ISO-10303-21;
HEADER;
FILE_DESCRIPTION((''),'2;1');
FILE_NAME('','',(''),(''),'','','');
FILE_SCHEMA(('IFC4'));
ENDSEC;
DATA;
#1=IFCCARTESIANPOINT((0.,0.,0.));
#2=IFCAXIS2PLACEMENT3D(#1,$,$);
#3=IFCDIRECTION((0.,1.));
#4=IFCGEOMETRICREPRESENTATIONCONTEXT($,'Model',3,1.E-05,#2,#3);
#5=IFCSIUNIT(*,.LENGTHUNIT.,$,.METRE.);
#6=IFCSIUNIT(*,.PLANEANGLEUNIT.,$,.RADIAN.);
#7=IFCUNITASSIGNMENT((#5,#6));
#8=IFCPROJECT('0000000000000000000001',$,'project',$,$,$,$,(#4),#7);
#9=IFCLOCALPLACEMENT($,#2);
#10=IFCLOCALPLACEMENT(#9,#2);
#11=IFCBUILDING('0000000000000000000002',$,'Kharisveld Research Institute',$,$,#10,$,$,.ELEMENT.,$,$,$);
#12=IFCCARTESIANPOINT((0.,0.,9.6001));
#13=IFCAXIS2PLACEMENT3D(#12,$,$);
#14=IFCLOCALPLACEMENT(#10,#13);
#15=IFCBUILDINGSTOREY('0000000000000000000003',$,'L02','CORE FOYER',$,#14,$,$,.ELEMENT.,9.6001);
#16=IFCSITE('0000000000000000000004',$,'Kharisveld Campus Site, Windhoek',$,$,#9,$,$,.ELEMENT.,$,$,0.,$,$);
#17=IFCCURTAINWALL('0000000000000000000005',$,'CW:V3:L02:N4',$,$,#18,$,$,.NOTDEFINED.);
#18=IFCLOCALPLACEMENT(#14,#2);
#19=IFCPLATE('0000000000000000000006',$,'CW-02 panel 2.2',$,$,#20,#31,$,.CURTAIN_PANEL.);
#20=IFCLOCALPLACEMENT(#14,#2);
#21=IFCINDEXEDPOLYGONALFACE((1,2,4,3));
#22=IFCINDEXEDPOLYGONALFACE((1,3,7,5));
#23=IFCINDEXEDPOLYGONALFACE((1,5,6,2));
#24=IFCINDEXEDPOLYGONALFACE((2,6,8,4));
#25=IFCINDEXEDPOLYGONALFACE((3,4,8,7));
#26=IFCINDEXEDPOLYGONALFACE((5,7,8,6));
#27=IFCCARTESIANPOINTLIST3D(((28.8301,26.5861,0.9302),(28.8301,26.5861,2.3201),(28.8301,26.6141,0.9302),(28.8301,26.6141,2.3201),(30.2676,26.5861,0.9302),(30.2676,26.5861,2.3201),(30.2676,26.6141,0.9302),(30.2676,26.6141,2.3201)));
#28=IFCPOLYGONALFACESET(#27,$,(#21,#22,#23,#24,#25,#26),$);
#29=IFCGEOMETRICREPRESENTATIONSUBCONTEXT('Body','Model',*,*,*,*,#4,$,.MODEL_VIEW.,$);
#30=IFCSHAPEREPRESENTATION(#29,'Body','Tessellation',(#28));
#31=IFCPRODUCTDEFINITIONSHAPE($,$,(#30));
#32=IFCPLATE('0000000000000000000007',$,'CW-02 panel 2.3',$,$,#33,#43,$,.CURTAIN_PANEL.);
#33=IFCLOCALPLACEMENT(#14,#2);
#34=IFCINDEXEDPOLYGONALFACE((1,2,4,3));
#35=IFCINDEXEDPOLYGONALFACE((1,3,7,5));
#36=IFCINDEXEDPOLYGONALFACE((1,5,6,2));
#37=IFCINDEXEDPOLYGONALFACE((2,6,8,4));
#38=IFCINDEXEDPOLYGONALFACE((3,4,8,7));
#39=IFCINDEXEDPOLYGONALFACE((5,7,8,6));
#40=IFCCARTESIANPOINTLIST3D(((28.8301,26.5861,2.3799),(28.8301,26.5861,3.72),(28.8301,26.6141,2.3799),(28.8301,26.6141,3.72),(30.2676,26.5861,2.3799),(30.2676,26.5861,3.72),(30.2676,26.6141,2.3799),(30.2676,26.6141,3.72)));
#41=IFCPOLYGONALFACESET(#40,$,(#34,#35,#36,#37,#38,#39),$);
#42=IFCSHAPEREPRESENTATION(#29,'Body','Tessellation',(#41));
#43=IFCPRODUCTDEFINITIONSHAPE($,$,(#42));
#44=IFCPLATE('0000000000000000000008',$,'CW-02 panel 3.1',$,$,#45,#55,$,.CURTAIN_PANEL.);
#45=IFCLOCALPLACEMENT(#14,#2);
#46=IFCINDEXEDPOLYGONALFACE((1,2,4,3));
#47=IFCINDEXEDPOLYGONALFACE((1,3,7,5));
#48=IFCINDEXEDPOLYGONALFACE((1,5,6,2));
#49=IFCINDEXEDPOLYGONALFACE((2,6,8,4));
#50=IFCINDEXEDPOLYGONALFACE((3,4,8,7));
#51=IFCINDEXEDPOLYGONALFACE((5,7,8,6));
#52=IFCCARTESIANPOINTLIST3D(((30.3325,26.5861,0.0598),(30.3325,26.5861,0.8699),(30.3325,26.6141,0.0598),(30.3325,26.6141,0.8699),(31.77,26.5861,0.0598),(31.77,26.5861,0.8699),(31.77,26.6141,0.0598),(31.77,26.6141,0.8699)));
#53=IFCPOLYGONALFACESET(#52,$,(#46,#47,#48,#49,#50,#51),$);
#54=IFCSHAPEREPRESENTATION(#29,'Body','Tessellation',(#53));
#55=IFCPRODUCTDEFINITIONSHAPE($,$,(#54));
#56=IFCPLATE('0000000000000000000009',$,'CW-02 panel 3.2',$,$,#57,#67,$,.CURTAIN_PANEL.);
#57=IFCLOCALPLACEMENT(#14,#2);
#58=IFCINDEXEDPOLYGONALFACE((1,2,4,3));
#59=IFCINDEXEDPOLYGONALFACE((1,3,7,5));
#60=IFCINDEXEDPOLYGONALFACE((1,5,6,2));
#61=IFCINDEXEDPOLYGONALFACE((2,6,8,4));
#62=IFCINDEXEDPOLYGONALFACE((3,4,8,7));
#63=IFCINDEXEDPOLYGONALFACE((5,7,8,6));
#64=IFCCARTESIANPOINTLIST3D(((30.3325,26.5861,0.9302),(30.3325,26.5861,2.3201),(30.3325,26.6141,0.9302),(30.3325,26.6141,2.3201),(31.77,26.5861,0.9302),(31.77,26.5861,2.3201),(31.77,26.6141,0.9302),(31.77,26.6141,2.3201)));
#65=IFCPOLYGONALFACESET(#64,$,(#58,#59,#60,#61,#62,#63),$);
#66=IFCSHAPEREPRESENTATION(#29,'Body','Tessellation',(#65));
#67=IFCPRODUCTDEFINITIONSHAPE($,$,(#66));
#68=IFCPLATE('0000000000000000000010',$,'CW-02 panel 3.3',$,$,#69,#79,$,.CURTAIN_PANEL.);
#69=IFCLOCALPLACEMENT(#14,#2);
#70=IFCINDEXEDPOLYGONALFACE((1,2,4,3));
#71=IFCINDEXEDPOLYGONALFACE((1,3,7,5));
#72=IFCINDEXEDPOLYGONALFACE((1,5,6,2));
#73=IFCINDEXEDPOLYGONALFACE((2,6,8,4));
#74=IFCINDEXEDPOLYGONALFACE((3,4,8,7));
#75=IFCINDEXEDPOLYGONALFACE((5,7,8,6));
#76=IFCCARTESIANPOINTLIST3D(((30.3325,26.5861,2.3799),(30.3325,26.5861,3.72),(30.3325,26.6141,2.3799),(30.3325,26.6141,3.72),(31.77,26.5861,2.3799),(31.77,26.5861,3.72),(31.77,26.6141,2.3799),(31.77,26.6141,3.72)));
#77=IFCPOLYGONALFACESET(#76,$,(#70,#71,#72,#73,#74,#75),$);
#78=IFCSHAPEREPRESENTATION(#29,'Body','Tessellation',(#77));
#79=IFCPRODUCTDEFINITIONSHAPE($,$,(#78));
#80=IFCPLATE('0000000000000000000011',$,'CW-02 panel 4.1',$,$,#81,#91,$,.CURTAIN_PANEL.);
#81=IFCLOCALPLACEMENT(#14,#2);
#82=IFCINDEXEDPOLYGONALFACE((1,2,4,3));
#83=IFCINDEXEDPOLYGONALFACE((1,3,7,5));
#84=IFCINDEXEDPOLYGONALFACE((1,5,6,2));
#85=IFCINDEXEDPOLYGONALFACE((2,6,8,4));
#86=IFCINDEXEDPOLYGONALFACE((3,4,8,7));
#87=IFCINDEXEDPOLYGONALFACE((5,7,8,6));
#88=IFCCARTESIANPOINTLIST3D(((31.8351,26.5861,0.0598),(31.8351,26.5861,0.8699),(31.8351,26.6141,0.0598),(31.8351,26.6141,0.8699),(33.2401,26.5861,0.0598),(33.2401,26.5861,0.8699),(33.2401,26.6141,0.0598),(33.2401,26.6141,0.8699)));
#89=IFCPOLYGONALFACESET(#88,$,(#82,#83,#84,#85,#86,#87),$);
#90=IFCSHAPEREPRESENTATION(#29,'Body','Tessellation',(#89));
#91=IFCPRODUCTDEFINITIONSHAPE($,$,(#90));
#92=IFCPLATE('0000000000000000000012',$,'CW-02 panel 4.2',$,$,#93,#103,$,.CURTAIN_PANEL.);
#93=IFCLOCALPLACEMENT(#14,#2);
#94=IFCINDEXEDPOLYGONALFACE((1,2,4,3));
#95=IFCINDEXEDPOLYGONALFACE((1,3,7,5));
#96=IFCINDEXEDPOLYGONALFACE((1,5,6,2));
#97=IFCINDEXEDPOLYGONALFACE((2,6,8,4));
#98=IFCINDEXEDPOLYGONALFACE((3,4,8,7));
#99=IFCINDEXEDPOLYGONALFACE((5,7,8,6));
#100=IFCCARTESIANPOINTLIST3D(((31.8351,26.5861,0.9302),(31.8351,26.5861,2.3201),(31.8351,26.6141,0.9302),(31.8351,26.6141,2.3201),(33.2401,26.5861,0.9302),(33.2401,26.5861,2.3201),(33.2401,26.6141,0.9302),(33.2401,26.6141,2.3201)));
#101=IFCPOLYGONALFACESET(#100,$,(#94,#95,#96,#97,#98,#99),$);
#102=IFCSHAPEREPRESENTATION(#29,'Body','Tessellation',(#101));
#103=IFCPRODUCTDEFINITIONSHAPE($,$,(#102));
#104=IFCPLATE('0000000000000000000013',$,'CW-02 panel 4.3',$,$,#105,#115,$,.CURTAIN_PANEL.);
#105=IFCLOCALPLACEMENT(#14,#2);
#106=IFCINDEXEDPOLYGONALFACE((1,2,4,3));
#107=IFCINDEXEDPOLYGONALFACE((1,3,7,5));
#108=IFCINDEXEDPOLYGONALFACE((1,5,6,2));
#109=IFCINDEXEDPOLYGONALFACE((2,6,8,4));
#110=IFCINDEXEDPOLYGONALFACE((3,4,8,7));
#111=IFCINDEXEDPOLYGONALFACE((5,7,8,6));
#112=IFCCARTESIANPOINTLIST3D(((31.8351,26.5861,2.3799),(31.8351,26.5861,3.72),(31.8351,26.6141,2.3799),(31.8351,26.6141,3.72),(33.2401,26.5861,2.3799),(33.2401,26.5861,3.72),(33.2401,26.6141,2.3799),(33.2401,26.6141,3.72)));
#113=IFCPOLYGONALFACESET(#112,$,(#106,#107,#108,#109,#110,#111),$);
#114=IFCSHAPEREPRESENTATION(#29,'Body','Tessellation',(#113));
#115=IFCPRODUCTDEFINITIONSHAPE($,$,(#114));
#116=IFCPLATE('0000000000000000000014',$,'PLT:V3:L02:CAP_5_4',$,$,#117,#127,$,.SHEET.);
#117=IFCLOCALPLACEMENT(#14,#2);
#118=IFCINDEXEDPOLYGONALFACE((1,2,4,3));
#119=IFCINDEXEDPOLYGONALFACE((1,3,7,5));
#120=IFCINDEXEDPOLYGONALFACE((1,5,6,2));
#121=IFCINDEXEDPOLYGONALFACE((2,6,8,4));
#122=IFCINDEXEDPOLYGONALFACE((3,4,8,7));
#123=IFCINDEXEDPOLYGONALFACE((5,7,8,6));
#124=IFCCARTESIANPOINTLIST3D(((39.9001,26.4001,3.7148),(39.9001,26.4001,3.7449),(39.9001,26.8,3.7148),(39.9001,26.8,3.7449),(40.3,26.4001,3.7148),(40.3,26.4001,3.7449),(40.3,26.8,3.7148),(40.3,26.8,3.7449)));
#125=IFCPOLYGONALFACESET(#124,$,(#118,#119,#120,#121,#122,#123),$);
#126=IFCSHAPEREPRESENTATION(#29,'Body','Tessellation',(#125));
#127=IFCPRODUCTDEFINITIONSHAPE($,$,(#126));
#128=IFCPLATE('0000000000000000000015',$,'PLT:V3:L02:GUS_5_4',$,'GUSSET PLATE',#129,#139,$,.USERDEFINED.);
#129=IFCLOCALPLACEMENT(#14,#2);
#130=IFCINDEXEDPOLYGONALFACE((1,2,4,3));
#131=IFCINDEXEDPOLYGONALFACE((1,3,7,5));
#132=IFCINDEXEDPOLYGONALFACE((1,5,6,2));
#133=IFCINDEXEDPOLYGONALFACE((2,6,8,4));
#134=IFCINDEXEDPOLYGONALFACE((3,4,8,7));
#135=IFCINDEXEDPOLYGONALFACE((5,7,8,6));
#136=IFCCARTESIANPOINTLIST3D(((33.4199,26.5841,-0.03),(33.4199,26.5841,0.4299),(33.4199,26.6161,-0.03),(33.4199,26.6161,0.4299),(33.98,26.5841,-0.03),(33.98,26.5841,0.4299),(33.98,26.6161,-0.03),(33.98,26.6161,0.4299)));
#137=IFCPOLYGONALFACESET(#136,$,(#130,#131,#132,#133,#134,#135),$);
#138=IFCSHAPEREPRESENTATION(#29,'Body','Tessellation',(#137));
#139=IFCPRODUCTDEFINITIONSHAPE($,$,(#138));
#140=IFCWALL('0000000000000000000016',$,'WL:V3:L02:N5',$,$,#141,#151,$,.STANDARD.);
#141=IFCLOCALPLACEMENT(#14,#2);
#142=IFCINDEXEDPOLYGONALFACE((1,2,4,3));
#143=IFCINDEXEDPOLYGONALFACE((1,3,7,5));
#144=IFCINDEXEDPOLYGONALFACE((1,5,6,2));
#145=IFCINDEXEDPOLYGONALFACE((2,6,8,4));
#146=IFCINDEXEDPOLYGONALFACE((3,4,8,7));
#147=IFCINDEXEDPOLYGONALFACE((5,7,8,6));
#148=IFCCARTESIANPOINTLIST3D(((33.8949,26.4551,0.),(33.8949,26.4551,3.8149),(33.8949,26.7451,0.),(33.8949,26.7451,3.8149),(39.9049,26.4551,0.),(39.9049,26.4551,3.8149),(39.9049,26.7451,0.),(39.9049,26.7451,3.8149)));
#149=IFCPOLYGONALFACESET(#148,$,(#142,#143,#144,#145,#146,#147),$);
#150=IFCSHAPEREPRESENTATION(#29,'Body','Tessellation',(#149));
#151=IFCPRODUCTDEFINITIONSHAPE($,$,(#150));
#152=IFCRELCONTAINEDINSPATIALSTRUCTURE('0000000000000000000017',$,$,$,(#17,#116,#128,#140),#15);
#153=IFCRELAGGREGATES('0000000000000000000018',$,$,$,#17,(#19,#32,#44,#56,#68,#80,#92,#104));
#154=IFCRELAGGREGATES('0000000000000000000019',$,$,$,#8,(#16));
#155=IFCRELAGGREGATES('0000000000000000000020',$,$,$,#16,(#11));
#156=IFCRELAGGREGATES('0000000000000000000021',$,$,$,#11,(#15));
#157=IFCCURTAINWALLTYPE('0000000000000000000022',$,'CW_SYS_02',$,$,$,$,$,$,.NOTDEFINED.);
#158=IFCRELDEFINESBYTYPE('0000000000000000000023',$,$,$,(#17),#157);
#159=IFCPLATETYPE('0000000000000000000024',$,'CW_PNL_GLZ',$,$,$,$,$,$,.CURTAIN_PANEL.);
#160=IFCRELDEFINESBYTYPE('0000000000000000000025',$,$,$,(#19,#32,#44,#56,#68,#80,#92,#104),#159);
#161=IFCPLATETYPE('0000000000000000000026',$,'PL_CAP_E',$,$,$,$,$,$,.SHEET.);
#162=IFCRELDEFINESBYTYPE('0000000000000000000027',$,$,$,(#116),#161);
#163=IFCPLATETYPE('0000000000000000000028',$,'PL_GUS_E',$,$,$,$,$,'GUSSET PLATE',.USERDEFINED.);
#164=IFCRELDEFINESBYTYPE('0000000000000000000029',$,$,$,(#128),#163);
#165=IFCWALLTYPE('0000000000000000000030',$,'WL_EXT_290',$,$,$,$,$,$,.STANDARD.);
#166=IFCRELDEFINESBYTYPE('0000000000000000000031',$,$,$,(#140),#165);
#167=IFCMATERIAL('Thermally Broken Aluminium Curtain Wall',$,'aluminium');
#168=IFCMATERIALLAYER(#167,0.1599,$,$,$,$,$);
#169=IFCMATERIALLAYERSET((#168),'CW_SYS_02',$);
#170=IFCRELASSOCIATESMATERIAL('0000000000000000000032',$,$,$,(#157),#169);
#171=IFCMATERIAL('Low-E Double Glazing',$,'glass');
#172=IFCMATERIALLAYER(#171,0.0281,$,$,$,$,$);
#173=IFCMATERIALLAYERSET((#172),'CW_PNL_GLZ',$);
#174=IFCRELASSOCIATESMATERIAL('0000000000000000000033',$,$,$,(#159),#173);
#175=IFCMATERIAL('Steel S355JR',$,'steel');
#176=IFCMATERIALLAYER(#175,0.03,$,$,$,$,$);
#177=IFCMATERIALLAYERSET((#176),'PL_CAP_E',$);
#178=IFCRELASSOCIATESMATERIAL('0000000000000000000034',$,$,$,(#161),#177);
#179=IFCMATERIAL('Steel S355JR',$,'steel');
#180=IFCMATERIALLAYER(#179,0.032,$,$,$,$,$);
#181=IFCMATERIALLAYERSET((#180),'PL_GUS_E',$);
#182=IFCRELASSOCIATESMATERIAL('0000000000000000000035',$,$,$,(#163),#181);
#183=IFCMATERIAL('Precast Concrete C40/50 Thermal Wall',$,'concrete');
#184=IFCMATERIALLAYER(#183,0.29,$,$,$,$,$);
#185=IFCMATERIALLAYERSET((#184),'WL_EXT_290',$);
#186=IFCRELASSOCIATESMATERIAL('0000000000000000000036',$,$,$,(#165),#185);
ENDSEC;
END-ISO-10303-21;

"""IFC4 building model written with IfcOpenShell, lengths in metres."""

from ifc_helpers import new_model, si_unit, direction, frame, frame_2d, origin, origin_2d, place, context, subcontext, project, spatial, rectangle, extrude, material, layer, layer_set, type_object, element, aggregate, save


model = new_model("IFC4")

# Units and contexts
model_context = context("Model", 3, precision=1e-05, world=origin(), true_north=direction((0.0, 1.0)))
body_context = subcontext(model_context, "Body", "Model", "MODEL_VIEW")
ifc_project = project(units=[si_unit("LENGTHUNIT", "METRE"), si_unit("PLANEANGLEUNIT", "RADIAN")], contexts=[model_context])

# Site, building, storey
site_placement = place(None, origin())
site = spatial("IfcSite", under=ifc_project, at=site_placement, Name="Kharisveld Campus Site, Windhoek", CompositionType="ELEMENT", RefElevation=0.0)
building_placement = place(site_placement, origin())
building = spatial("IfcBuilding", under=site, at=building_placement, Name="Kharisveld Research Institute", CompositionType="ELEMENT")
storey_placement = place(building_placement, frame((0.0, 0.0, 9.6001)))
storey = spatial("IfcBuildingStorey", under=building, at=storey_placement, Name="L02", Description="CORE FOYER", CompositionType="ELEMENT", Elevation=9.6001)

# Curtain wall
ifc_material_1 = material(Name="Thermally Broken Aluminium Curtain Wall", Category="aluminium")
ifc_layer_1 = layer(ifc_material_1, 0.1599)
ifc_layer_set_1 = layer_set([ifc_layer_1], Name="CW_SYS_02")
curtain_wall_type = type_object("IfcCurtainWallType", Name="CW_SYS_02", PredefinedType="NOTDEFINED", material=ifc_layer_set_1)
curtain_wall_placement = place(storey_placement, origin())
curtain_wall = element("IfcCurtainWall", 1, at=curtain_wall_placement, inside=storey, type_object=curtain_wall_type, Name="CW:V3:L02:N4", PredefinedType="NOTDEFINED")

# Plates
ifc_material_2 = material(Name="Low-E Double Glazing", Category="glass")
ifc_layer_2 = layer(ifc_material_2, 0.0281)
ifc_layer_set_2 = layer_set([ifc_layer_2], Name="CW_PNL_GLZ")
plate_type_1 = type_object("IfcPlateType", Name="CW_PNL_GLZ", PredefinedType="CURTAIN_PANEL", material=ifc_layer_set_2)
plate_1_placement = place(storey_placement, frame((29.5488, 26.6001, 0.9302), z_axis=(0.0, 0.0, 1.0), x_axis=(1.0, 0.0, 0.0)))
plate_1 = element("IfcPlate", 2, at=plate_1_placement, type_object=plate_type_1, Name="CW-02 panel 2.2", PredefinedType="CURTAIN_PANEL", context=body_context, shape_type="SweptSolid", body=[
    extrude(rectangle(XDim=1.4375, YDim=0.0281, at=origin_2d()), origin(), (0.0, 0.0, 1.0), 1.3899),
])
plate_2_placement = place(storey_placement, frame((29.5488, 26.6001, 2.3799), z_axis=(0.0, 0.0, 1.0), x_axis=(1.0, 0.0, 0.0)))
plate_2 = element("IfcPlate", 3, at=plate_2_placement, type_object=plate_type_1, Name="CW-02 panel 2.3", PredefinedType="CURTAIN_PANEL", context=body_context, shape_type="SweptSolid", body=[
    extrude(rectangle(XDim=1.4375, YDim=0.0281, at=origin_2d()), origin(), (0.0, 0.0, 1.0), 1.3401),
])
plate_3_placement = place(storey_placement, frame((31.0513, 26.6001, 0.0598), z_axis=(0.0, 0.0, 1.0), x_axis=(1.0, 0.0, 0.0)))
plate_3 = element("IfcPlate", 4, at=plate_3_placement, type_object=plate_type_1, Name="CW-02 panel 3.1", PredefinedType="CURTAIN_PANEL", context=body_context, shape_type="SweptSolid", body=[
    extrude(rectangle(XDim=1.4375, YDim=0.0281, at=origin_2d()), origin(), (0.0, 0.0, 1.0), 0.8101),
])
plate_4_placement = place(storey_placement, frame((31.0513, 26.6001, 0.9302), z_axis=(0.0, 0.0, 1.0), x_axis=(1.0, 0.0, 0.0)))
plate_4 = element("IfcPlate", 5, at=plate_4_placement, type_object=plate_type_1, Name="CW-02 panel 3.2", PredefinedType="CURTAIN_PANEL", context=body_context, shape_type="SweptSolid", body=[
    extrude(rectangle(XDim=1.4375, YDim=0.0281, at=origin_2d()), origin(), (0.0, 0.0, 1.0), 1.3899),
])
plate_5_placement = place(storey_placement, frame((31.0513, 26.6001, 2.3799), z_axis=(0.0, 0.0, 1.0), x_axis=(1.0, 0.0, 0.0)))
plate_5 = element("IfcPlate", 6, at=plate_5_placement, type_object=plate_type_1, Name="CW-02 panel 3.3", PredefinedType="CURTAIN_PANEL", context=body_context, shape_type="SweptSolid", body=[
    extrude(rectangle(XDim=1.4375, YDim=0.0281, at=origin_2d()), origin(), (0.0, 0.0, 1.0), 1.3401),
])
plate_6_placement = place(storey_placement, frame((32.5376, 26.6001, 0.0598), z_axis=(0.0, 0.0, 1.0), x_axis=(1.0, 0.0, 0.0)))
plate_6 = element("IfcPlate", 7, at=plate_6_placement, type_object=plate_type_1, Name="CW-02 panel 4.1", PredefinedType="CURTAIN_PANEL", context=body_context, shape_type="SweptSolid", body=[
    extrude(rectangle(XDim=1.405, YDim=0.0281, at=origin_2d()), origin(), (0.0, 0.0, 1.0), 0.8101),
])
plate_7_placement = place(storey_placement, frame((32.5376, 26.6001, 0.9302), z_axis=(0.0, 0.0, 1.0), x_axis=(1.0, 0.0, 0.0)))
plate_7 = element("IfcPlate", 8, at=plate_7_placement, type_object=plate_type_1, Name="CW-02 panel 4.2", PredefinedType="CURTAIN_PANEL", context=body_context, shape_type="SweptSolid", body=[
    extrude(rectangle(XDim=1.405, YDim=0.0281, at=origin_2d()), origin(), (0.0, 0.0, 1.0), 1.3899),
])
plate_8_placement = place(storey_placement, frame((32.5376, 26.6001, 2.3799), z_axis=(0.0, 0.0, 1.0), x_axis=(1.0, 0.0, 0.0)))
plate_8 = element("IfcPlate", 9, at=plate_8_placement, type_object=plate_type_1, Name="CW-02 panel 4.3", PredefinedType="CURTAIN_PANEL", context=body_context, shape_type="SweptSolid", body=[
    extrude(rectangle(XDim=1.405, YDim=0.0281, at=origin_2d()), origin(), (0.0, 0.0, 1.0), 1.3401),
])
aggregate(curtain_wall, [plate_1, plate_2, plate_3, plate_4, plate_5, plate_6, plate_7, plate_8])

# Plates
ifc_material_3 = material(Name="Steel S355JR", Category="steel")
ifc_layer_3 = layer(ifc_material_3, 0.03)
ifc_layer_set_3 = layer_set([ifc_layer_3], Name="PL_CAP_E")
plate_type_2 = type_object("IfcPlateType", Name="PL_CAP_E", PredefinedType="SHEET", material=ifc_layer_set_3)
plate_9_placement = place(storey_placement, frame((40.1001, 26.6001, 3.7148), z_axis=(0.0, 0.0, 1.0), x_axis=(1.0, 0.0, 0.0)))
element("IfcPlate", 10, at=plate_9_placement, inside=storey, type_object=plate_type_2, Name="PLT:V3:L02:CAP_5_4", PredefinedType="SHEET", context=body_context, shape_type="SweptSolid", body=[
    extrude(rectangle(XDim=0.3999, YDim=0.3999, at=origin_2d()), origin(), (0.0, 0.0, 1.0), 0.03),
])
ifc_material_4 = material(Name="Steel S355JR", Category="steel")
ifc_layer_4 = layer(ifc_material_4, 0.032)
ifc_layer_set_4 = layer_set([ifc_layer_4], Name="PL_GUS_E")
plate_type_3 = type_object("IfcPlateType", Name="PL_GUS_E", ElementType="GUSSET PLATE", PredefinedType="USERDEFINED", material=ifc_layer_set_4)
plate_10_placement = place(storey_placement, frame((33.7, 26.6001, -0.03), z_axis=(0.0, 0.0, 1.0), x_axis=(1.0, 0.0, 0.0)))
element("IfcPlate", 11, at=plate_10_placement, inside=storey, type_object=plate_type_3, Name="PLT:V3:L02:GUS_5_4", ObjectType="GUSSET PLATE", PredefinedType="USERDEFINED", context=body_context, shape_type="SweptSolid", body=[
    extrude(rectangle(XDim=0.5601, YDim=0.032, at=origin_2d()), origin(), (0.0, 0.0, 1.0), 0.46),
])

# Wall
ifc_material_5 = material(Name="Precast Concrete C40/50 Thermal Wall", Category="concrete")
ifc_layer_5 = layer(ifc_material_5, 0.29)
ifc_layer_set_5 = layer_set([ifc_layer_5], Name="WL_EXT_290")
wall_type = type_object("IfcWallType", Name="WL_EXT_290", PredefinedType="STANDARD", material=ifc_layer_set_5)
wall_placement = place(storey_placement, frame((33.895, 26.6001, 0.0), z_axis=(0.0, 0.0, 1.0), x_axis=(1.0, 0.0, 0.0)))
element("IfcWall", 12, at=wall_placement, inside=storey, type_object=wall_type, Name="WL:V3:L02:N5", PredefinedType="STANDARD", context=body_context, shape_type="SweptSolid", body=[
    extrude(rectangle(XDim=6.01, YDim=0.29, at=frame_2d((3.0049, 0.0))), origin(), (0.0, 0.0, 1.0), 3.8149),
])

save(model, "model.ifc")
